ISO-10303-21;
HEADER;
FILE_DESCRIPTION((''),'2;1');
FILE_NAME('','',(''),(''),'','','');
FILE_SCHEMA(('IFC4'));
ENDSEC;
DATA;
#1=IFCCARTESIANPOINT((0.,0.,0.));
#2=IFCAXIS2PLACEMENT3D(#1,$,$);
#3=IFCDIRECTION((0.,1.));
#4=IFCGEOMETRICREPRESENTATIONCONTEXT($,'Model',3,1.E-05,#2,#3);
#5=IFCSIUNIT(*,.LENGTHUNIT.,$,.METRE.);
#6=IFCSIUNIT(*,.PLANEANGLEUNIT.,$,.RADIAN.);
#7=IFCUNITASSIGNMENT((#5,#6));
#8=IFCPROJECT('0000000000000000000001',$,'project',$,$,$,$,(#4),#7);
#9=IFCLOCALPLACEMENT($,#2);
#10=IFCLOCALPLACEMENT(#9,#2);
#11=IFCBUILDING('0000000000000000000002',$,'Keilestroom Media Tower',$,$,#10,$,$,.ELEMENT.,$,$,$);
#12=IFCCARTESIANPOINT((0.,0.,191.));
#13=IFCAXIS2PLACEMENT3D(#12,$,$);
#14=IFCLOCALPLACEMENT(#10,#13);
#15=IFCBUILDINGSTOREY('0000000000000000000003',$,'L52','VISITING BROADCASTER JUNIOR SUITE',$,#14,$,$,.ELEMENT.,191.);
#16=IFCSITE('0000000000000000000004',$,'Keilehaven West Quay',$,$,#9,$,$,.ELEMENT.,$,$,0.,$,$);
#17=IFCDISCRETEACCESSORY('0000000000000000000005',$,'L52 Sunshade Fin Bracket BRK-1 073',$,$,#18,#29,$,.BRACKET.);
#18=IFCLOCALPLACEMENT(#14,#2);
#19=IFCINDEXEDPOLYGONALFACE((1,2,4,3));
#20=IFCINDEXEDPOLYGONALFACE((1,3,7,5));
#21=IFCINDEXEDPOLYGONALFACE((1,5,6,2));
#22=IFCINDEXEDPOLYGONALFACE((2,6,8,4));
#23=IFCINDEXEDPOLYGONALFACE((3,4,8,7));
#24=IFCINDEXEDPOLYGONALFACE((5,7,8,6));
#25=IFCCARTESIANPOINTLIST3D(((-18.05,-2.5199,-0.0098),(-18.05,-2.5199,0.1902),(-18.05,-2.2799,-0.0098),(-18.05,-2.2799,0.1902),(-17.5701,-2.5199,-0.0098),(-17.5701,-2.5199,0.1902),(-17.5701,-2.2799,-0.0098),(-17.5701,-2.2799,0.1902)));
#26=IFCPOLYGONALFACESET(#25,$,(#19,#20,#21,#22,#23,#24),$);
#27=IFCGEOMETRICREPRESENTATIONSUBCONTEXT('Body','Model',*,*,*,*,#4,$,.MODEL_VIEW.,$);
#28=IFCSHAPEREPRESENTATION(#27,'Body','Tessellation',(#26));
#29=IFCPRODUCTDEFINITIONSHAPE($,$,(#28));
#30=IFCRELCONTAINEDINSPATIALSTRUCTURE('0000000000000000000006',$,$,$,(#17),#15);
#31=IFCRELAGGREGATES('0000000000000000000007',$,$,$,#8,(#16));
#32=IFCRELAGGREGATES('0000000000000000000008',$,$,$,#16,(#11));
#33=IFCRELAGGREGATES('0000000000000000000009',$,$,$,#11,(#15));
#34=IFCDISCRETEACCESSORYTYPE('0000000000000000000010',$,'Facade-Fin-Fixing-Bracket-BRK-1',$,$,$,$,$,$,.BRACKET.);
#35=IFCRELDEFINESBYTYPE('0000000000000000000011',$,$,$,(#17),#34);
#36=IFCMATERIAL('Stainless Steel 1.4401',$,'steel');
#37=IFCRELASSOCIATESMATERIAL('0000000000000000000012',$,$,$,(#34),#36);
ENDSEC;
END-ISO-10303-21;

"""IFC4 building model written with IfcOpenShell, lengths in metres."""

from ifc_helpers import new_model, si_unit, direction, frame, origin, origin_2d, place, context, subcontext, project, spatial, rectangle, extrude, source, transform, mapped, material, type_object, element, save


model = new_model("IFC4")

# Units and contexts
model_context = context("Model", 3, precision=1e-05, world=origin(), true_north=direction((0.0, 1.0)))
body_context = subcontext(model_context, "Body", "Model", "MODEL_VIEW")
ifc_project = project(units=[si_unit("LENGTHUNIT", "METRE"), si_unit("PLANEANGLEUNIT", "RADIAN")], contexts=[model_context])

# Site, building, storey
site_placement = place(None, origin())
site = spatial("IfcSite", under=ifc_project, at=site_placement, Name="Keilehaven West Quay", CompositionType="ELEMENT", RefElevation=0.0)
building_placement = place(site_placement, origin())
building = spatial("IfcBuilding", under=site, at=building_placement, Name="Keilestroom Media Tower", CompositionType="ELEMENT")
storey_placement = place(building_placement, frame((0.0, 0.0, 191.0)))
storey = spatial("IfcBuildingStorey", under=building, at=storey_placement, Name="L52", Description="VISITING BROADCASTER JUNIOR SUITE", CompositionType="ELEMENT", Elevation=191.0)

# Discrete accessory
ifc_material_1 = material(Name="Stainless Steel 1.4401", Category="steel")
discrete_accessory_type = type_object("IfcDiscreteAccessoryType", Name="Facade-Fin-Fixing-Bracket-BRK-1", PredefinedType="BRACKET", material=ifc_material_1)
shared_shape_1 = source(origin(), body_context, "Body", "SweptSolid", [
    extrude(rectangle(XDim=0.48, YDim=0.24, at=origin_2d()), origin(), (0.0, 0.0, 1.0), 0.2),
])
discrete_accessory_placement = place(storey_placement, frame((-17.8101, -2.3999, -0.0098), z_axis=(0.0, 0.0, 1.0), x_axis=(1.0, 0.0, 0.0)))
element("IfcDiscreteAccessory", 1, at=discrete_accessory_placement, inside=storey, type_object=discrete_accessory_type, Name="L52 Sunshade Fin Bracket BRK-1 073", PredefinedType="BRACKET", context=body_context, shape_type="MappedRepresentation", body=[
    mapped(shared_shape_1, transform((0.0, 0.0, 0.0), x_axis=(1.0, 0.0, 0.0), y_axis=(0.0, 1.0, 0.0), z_axis=(0.0, 0.0, 1.0), scale=1.0)),
])

save(model, "model.ifc")
